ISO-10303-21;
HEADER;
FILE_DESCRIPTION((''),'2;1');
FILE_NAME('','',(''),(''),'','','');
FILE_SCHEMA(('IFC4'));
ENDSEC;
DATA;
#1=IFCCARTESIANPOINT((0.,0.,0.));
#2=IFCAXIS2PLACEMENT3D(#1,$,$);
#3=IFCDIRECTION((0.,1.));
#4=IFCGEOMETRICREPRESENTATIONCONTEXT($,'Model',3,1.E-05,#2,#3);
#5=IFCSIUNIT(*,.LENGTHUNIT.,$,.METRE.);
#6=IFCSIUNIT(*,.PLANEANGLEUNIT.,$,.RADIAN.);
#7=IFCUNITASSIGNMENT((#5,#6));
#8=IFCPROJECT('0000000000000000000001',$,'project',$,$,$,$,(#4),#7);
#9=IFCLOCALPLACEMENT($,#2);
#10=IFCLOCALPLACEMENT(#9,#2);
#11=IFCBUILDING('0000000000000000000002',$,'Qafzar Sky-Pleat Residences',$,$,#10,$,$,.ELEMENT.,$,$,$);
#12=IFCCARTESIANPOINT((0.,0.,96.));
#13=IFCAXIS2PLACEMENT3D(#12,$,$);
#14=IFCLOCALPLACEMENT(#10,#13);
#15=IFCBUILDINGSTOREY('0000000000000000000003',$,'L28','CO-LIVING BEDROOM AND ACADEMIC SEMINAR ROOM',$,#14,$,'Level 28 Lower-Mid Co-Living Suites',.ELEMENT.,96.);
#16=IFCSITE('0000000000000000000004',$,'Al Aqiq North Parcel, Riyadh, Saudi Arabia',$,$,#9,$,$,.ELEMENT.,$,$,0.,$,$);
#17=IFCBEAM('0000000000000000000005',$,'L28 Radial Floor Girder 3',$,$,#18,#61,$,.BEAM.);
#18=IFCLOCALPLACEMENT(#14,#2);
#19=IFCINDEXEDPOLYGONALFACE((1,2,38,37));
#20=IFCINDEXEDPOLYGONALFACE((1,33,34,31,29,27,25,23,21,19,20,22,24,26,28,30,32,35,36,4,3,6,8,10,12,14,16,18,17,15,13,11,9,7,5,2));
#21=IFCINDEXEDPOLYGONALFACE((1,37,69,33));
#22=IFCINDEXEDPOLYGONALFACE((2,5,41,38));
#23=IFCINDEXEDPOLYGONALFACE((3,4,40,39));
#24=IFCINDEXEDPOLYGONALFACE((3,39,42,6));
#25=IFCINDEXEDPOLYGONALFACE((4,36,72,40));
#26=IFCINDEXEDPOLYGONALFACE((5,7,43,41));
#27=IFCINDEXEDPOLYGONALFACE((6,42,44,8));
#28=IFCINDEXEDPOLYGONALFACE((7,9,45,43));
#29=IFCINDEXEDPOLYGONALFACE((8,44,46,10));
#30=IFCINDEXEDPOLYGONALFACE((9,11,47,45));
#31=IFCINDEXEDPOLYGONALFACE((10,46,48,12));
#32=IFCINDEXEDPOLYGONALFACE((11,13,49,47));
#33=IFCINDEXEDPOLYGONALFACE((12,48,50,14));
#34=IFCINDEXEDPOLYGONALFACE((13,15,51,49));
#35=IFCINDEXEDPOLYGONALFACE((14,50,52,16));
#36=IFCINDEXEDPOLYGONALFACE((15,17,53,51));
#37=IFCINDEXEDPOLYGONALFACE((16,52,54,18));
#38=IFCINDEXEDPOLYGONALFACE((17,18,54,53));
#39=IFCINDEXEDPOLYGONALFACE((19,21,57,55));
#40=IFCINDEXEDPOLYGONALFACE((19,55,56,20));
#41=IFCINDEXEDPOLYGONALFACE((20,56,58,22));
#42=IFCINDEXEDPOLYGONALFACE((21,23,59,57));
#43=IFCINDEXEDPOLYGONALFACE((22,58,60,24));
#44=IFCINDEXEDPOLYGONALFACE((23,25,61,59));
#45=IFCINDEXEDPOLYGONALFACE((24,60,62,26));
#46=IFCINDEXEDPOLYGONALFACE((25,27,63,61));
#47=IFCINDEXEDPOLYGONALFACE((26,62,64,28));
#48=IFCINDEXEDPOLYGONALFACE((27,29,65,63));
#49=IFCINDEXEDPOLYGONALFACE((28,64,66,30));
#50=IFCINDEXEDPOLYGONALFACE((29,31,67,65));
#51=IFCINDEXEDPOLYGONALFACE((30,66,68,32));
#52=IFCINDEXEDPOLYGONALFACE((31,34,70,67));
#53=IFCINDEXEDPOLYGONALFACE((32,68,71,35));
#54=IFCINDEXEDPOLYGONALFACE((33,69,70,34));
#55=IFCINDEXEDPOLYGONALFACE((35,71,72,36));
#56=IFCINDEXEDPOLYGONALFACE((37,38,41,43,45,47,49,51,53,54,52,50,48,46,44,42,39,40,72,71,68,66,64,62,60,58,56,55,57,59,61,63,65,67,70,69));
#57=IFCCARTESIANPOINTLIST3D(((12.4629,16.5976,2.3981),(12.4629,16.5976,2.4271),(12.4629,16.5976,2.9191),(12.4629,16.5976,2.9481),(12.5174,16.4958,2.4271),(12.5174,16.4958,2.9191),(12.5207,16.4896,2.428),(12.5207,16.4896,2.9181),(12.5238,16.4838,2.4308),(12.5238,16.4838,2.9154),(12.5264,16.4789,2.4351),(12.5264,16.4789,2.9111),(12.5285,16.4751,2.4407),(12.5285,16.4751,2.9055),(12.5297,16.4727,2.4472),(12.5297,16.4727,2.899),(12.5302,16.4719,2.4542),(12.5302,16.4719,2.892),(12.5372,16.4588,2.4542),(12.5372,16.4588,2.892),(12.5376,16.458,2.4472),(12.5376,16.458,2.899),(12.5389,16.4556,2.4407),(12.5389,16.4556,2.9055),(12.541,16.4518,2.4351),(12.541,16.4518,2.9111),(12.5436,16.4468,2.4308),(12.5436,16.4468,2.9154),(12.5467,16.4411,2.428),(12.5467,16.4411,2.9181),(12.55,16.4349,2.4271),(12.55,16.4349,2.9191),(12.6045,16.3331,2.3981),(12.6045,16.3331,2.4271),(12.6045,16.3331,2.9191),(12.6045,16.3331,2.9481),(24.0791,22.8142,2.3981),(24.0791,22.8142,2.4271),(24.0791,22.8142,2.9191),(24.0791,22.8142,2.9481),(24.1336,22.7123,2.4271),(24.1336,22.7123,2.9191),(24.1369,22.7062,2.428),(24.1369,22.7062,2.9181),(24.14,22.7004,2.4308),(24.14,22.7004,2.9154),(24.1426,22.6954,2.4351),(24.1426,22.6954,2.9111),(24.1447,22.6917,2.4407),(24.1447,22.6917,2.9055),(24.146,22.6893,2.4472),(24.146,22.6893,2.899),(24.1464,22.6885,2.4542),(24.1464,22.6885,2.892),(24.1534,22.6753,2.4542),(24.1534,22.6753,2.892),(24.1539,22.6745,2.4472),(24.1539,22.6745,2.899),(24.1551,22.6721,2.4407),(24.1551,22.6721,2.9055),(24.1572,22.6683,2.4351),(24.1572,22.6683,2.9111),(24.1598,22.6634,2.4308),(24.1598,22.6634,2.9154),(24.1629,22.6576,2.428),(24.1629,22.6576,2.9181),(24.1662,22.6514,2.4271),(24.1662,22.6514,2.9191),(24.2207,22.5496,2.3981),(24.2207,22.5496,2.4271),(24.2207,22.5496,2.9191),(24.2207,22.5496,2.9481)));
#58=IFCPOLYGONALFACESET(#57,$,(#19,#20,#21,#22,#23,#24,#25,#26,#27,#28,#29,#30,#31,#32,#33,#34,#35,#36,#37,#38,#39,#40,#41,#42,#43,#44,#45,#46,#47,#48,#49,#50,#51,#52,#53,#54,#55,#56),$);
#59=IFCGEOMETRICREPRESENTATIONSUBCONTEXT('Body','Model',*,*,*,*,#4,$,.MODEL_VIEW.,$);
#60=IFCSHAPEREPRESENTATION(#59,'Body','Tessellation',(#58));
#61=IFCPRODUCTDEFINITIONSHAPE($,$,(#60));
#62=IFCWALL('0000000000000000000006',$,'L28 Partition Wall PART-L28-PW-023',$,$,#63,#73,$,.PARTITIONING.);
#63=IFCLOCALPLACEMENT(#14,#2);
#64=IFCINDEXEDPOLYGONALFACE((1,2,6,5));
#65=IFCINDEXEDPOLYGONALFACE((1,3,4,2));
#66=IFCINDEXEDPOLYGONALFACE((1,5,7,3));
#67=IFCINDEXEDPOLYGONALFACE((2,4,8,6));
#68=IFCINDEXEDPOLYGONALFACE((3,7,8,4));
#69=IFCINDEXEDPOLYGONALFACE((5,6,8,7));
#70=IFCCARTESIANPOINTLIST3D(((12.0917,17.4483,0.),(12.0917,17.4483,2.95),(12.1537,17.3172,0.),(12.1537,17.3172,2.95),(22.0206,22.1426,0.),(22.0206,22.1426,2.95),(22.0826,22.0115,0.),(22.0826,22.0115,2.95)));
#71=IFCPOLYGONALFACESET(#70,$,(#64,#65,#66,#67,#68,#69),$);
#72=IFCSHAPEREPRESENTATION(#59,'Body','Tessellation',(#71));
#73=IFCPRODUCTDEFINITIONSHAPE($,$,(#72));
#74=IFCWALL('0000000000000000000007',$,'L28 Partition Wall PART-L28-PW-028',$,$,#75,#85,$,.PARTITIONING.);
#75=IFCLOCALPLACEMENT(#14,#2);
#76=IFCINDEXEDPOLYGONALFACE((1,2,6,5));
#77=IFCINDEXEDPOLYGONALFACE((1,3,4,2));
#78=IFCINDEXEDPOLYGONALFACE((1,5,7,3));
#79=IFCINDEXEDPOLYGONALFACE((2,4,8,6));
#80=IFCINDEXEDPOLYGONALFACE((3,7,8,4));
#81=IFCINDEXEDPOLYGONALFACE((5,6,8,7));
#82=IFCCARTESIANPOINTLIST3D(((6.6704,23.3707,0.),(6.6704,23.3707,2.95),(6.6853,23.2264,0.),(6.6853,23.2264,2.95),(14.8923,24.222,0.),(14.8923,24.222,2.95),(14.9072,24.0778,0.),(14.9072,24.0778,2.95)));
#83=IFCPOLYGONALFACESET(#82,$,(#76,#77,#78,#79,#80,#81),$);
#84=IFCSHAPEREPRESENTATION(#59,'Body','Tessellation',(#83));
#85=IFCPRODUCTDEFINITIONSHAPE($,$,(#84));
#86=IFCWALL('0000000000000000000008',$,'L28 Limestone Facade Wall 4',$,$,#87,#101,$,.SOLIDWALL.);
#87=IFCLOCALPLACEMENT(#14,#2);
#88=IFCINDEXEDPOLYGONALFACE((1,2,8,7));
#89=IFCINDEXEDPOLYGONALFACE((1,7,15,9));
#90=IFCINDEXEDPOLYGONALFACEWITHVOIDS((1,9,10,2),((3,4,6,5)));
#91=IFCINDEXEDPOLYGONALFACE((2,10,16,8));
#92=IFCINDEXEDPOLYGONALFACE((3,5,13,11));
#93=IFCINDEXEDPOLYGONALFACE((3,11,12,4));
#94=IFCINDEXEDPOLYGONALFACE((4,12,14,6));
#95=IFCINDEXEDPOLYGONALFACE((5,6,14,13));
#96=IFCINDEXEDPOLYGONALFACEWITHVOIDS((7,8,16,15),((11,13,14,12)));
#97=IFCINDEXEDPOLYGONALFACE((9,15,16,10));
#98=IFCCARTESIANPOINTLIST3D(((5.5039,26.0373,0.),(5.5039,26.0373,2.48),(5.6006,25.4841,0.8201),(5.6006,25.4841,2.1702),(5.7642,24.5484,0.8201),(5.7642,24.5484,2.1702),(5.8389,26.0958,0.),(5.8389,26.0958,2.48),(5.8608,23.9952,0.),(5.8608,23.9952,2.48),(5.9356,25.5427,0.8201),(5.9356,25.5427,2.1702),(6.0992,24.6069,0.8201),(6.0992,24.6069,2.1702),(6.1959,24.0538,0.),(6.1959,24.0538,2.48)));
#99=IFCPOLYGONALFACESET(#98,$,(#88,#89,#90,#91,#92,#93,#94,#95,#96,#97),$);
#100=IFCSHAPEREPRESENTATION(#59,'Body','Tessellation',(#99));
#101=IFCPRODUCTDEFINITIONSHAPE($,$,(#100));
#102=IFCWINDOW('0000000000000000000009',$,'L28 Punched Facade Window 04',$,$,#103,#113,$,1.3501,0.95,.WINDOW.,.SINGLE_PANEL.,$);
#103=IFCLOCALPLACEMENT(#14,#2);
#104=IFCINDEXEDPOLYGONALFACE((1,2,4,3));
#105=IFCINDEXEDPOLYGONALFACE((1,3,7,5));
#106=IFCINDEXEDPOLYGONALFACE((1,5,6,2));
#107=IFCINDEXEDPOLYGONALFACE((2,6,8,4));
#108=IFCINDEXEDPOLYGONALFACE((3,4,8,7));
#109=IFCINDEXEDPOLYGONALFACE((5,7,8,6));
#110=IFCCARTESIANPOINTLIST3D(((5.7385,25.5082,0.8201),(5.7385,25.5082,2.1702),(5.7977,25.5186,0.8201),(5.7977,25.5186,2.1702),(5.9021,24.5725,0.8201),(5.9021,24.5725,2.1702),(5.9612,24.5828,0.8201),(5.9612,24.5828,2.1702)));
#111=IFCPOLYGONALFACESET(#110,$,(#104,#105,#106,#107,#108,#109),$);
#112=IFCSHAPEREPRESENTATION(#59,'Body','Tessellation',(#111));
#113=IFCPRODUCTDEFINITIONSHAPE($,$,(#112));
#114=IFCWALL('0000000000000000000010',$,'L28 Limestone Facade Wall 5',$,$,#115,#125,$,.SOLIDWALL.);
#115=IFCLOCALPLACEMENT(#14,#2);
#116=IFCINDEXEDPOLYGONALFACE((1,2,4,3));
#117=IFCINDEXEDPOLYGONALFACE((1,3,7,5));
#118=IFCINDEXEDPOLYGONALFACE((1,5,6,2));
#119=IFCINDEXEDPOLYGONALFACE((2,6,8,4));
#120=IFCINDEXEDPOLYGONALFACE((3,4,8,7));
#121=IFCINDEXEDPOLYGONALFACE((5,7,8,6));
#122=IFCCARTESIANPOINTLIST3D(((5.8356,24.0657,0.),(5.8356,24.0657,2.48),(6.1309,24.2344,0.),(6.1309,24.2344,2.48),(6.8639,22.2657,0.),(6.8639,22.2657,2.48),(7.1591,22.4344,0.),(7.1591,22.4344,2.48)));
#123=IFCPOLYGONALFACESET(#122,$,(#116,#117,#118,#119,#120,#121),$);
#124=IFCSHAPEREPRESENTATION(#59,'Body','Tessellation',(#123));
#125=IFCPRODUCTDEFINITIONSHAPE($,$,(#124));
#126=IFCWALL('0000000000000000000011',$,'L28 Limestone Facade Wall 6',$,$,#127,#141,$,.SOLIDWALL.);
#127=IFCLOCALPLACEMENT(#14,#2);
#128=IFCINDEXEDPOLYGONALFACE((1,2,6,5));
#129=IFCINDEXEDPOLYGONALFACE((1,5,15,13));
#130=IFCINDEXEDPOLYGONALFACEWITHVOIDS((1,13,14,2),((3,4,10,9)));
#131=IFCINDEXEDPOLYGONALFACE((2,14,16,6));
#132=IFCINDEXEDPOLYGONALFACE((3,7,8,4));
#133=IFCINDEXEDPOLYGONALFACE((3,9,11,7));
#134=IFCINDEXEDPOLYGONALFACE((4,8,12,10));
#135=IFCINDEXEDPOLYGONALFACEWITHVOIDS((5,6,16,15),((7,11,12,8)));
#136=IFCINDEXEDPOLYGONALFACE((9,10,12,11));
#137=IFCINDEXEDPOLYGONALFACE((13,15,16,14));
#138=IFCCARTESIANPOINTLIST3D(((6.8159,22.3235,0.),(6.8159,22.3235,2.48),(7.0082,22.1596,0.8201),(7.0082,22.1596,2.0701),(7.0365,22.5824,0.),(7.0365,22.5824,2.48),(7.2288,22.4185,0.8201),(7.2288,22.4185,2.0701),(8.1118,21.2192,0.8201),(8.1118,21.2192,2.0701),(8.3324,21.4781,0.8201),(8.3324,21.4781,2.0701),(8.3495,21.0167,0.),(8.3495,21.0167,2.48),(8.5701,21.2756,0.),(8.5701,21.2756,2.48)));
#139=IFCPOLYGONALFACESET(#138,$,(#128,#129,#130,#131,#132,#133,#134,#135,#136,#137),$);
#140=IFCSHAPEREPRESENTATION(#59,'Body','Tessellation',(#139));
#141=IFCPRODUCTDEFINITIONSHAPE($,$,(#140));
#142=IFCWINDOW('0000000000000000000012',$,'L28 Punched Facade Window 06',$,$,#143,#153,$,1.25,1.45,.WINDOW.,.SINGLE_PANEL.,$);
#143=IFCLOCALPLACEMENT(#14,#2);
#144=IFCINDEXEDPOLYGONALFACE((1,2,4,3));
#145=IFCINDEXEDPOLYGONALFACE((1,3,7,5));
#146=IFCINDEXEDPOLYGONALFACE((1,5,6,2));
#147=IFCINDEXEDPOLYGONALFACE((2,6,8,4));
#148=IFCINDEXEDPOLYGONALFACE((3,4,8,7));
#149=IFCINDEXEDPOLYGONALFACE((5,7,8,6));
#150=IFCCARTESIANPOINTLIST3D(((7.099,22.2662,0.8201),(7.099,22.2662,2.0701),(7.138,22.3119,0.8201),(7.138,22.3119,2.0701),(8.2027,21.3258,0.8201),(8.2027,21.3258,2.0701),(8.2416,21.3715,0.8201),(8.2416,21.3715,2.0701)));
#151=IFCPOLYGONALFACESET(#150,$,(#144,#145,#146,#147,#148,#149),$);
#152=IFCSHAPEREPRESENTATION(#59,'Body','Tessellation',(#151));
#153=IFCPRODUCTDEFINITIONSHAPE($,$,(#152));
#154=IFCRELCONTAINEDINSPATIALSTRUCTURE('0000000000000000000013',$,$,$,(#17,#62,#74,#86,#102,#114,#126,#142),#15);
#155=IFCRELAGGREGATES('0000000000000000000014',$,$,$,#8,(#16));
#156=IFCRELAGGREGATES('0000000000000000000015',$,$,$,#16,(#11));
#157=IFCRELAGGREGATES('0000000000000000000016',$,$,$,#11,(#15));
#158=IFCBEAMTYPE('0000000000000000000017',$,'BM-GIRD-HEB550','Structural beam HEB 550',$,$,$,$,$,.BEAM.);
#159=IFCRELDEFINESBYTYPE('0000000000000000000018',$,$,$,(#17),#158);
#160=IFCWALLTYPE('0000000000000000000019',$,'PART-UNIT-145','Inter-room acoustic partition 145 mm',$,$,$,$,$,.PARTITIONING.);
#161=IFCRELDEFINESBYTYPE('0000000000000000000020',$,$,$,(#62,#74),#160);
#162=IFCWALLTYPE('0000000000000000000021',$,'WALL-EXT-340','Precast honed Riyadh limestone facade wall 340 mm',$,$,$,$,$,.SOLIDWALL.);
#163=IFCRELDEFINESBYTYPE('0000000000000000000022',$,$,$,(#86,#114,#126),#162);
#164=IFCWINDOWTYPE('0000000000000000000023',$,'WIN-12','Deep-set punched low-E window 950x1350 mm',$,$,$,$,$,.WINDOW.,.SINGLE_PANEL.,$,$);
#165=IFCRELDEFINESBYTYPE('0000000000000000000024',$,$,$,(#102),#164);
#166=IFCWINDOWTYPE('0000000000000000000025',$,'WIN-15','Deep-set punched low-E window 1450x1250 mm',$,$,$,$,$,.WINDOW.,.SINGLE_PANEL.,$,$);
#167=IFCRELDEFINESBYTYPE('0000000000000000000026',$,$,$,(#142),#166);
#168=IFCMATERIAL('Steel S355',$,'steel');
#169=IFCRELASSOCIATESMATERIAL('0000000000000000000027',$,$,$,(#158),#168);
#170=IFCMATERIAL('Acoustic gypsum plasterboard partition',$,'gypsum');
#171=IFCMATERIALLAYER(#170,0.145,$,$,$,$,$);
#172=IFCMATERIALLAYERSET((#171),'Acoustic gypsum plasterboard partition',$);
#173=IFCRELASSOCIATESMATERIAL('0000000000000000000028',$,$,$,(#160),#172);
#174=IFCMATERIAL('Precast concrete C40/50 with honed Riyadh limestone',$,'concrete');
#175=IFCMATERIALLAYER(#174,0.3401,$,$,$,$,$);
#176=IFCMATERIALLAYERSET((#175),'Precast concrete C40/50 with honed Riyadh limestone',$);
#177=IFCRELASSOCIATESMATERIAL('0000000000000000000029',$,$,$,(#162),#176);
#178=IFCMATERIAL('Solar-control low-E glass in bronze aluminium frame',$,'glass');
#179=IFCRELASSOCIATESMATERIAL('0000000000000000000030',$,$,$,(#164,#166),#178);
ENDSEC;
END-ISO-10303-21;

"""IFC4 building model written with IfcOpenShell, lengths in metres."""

from ifc_helpers import new_model, si_unit, direction, frame, frame_2d, origin, origin_2d, place, context, subcontext, project, spatial, rectangle, i_section, extrude, source, transform, mapped, material, layer, layer_set, material_profile, profile_set, type_object, element, fill, save


model = new_model("IFC4")

# Units and contexts
model_context = context("Model", 3, precision=1e-05, world=origin(), true_north=direction((0.0, 1.0)))
body_context = subcontext(model_context, "Body", "Model", "MODEL_VIEW")
ifc_project = project(units=[si_unit("LENGTHUNIT", "METRE"), si_unit("PLANEANGLEUNIT", "RADIAN")], contexts=[model_context])

# Site, building, storey
site_placement = place(None, origin())
site = spatial("IfcSite", under=ifc_project, at=site_placement, Name="Al Aqiq North Parcel, Riyadh, Saudi Arabia", CompositionType="ELEMENT", RefElevation=0.0)
building_placement = place(site_placement, origin())
building = spatial("IfcBuilding", under=site, at=building_placement, Name="Qafzar Sky-Pleat Residences", CompositionType="ELEMENT")
storey_placement = place(building_placement, frame((0.0, 0.0, 96.0)))
storey = spatial("IfcBuildingStorey", under=building, at=storey_placement, Name="L28", Description="CO-LIVING BEDROOM AND ACADEMIC SEMINAR ROOM", LongName="Level 28 Lower-Mid Co-Living Suites", CompositionType="ELEMENT", Elevation=96.0)

# Beam
ifc_material_1 = material(Name="Steel S355", Category="steel")
ifc_material_profile_1 = material_profile(ifc_material_1, i_section(OverallWidth=0.3, OverallDepth=0.55, WebThickness=0.0149, FlangeThickness=0.0291, FilletRadius=0.0271, at=origin_2d()), Name="HEB 550")
ifc_profile_set_1 = profile_set([ifc_material_profile_1], Name="Steel S355")
beam_type_1 = type_object("IfcBeamType", Name="BM-GIRD-HEB550", Description="Structural beam HEB 550", PredefinedType="BEAM", material=ifc_profile_set_1)
shared_shape_1 = source(origin(), body_context, "Body", "SweptSolid", [
    extrude(i_section(OverallWidth=0.3, OverallDepth=0.55, WebThickness=0.0149, FlangeThickness=0.0291, FilletRadius=0.0271, at=origin_2d()), origin(), (0.0, 0.0, 1.0), 13.175),
])
beam_1_placement = place(storey_placement, frame((12.5337, 16.4653, 2.6731), z_axis=(0.881683, 0.471843, 0.0), x_axis=(-0.471843, 0.881683, 0.0)))
element("IfcBeam", 1, at=beam_1_placement, inside=storey, type_object=beam_type_1, Name="L28 Radial Floor Girder 3", PredefinedType="BEAM", context=body_context, shape_type="MappedRepresentation", body=[
    mapped(shared_shape_1, transform((0.0, 0.0, 0.0), x_axis=(1.0, 0.0, 0.0), y_axis=(0.0, 1.0, 0.0), z_axis=(0.0, 0.0, 1.0), scale=1.0)),
])

# Walls
ifc_material_2 = material(Name="Acoustic gypsum plasterboard partition", Category="gypsum")
ifc_layer_1 = layer(ifc_material_2, 0.145)
ifc_layer_set_1 = layer_set([ifc_layer_1], Name="Acoustic gypsum plasterboard partition")
wall_type_1 = type_object("IfcWallType", Name="PART-UNIT-145", Description="Inter-room acoustic partition 145 mm", PredefinedType="PARTITIONING", material=ifc_layer_set_1)
wall_1_placement = place(storey_placement, frame((12.1228, 17.3828, 0.0), z_axis=(0.0, 0.0, 1.0), x_axis=(0.904049, 0.427428, 0.0)))
element("IfcWall", 2, at=wall_1_placement, inside=storey, type_object=wall_type_1, Name="L28 Partition Wall PART-L28-PW-023", PredefinedType="PARTITIONING", context=body_context, shape_type="SweptSolid", body=[
    extrude(rectangle(XDim=10.9827, YDim=0.145, at=frame_2d((5.4912, 0.0))), origin(), (0.0, 0.0, 1.0), 2.95),
])
wall_2_placement = place(storey_placement, frame((6.678, 23.2986, 0.0), z_axis=(0.0, 0.0, 1.0), x_axis=(0.994682, 0.102992, 0.0)))
element("IfcWall", 3, at=wall_2_placement, inside=storey, type_object=wall_type_1, Name="L28 Partition Wall PART-L28-PW-028", PredefinedType="PARTITIONING", context=body_context, shape_type="SweptSolid", body=[
    extrude(rectangle(XDim=8.2659, YDim=0.145, at=frame_2d((4.1328, 0.0))), origin(), (0.0, 0.0, 1.0), 2.95),
])

# Wall, opening, window
ifc_material_3 = material(Name="Precast concrete C40/50 with honed Riyadh limestone", Category="concrete")
ifc_layer_2 = layer(ifc_material_3, 0.3401)
ifc_layer_set_2 = layer_set([ifc_layer_2], Name="Precast concrete C40/50 with honed Riyadh limestone")
wall_type_2 = type_object("IfcWallType", Name="WALL-EXT-340", Description="Precast honed Riyadh limestone facade wall 340 mm", PredefinedType="SOLIDWALL", material=ifc_layer_set_2)
wall_3_placement = place(storey_placement, frame((5.6714, 26.0667, 0.0), z_axis=(0.0, 0.0, 1.0), x_axis=(0.172186, -0.985064, 0.0)))
wall_3 = element("IfcWall", 4, at=wall_3_placement, inside=storey, type_object=wall_type_2, Name="L28 Limestone Facade Wall 4", PredefinedType="SOLIDWALL", context=body_context, shape_type="SweptSolid", body=[
    extrude(rectangle(XDim=2.073, YDim=0.3401, at=frame_2d((1.0366, 0.0))), origin(), (0.0, 0.0, 1.0), 2.48),
])
opening_1_placement = place(wall_3_placement, frame((0.5615, 0.0, 0.8201)))
opening_1 = element("IfcOpeningElement", 5, at=opening_1_placement, cuts=wall_3, PredefinedType="OPENING", context=body_context, shape_type="SweptSolid", body=[
    extrude(rectangle(XDim=0.95, YDim=1.3501, at=frame_2d((0.4751, 0.675))), frame((0.0, 0.1802, 0.0), z_axis=(0.0, -1.0, 0.0), x_axis=(1.0, 0.0, 0.0)), (0.0, 0.0, 1.0), 0.3601),
])
ifc_material_4 = material(Name="Solar-control low-E glass in bronze aluminium frame", Category="glass")
window_type_1 = type_object("IfcWindowType", Name="WIN-12", Description="Deep-set punched low-E window 950x1350 mm", PartitioningType="SINGLE_PANEL", PredefinedType="WINDOW", material=ifc_material_4)
shared_shape_2 = source(origin(), body_context, "Body", "SweptSolid", [
    extrude(rectangle(XDim=0.95, YDim=1.3501, at=frame_2d((0.4751, 0.675))), frame((0.0, 0.03, 0.0), z_axis=(0.0, -1.0, 0.0), x_axis=(1.0, 0.0, 0.0)), (0.0, 0.0, 1.0), 0.0601),
])
window_1_placement = place(opening_1_placement, origin())
window_1 = element("IfcWindow", 6, at=window_1_placement, inside=storey, type_object=window_type_1, Name="L28 Punched Facade Window 04", OverallHeight=1.3501, OverallWidth=0.95, PartitioningType="SINGLE_PANEL", PredefinedType="WINDOW", context=body_context, shape_type="MappedRepresentation", body=[
    mapped(shared_shape_2, transform((0.0, 0.0, 0.0), x_axis=(1.0, 0.0, 0.0), y_axis=(0.0, 1.0, 0.0), z_axis=(0.0, 0.0, 1.0), scale=1.0)),
])
fill(opening_1, window_1)

# Wall
wall_4_placement = place(storey_placement, frame((5.9832, 24.1501, 0.0), z_axis=(0.0, 0.0, 1.0), x_axis=(0.496037, -0.868301, 0.0)))
element("IfcWall", 7, at=wall_4_placement, inside=storey, type_object=wall_type_2, Name="L28 Limestone Facade Wall 5", PredefinedType="SOLIDWALL", context=body_context, shape_type="SweptSolid", body=[
    extrude(rectangle(XDim=2.073, YDim=0.3401, at=frame_2d((1.0366, 0.0))), origin(), (0.0, 0.0, 1.0), 2.48),
])

# Wall, opening, window
wall_5_placement = place(storey_placement, frame((6.9263, 22.4529, 0.0), z_axis=(0.0, 0.0, 1.0), x_axis=(0.761144, -0.648583, 0.0)))
wall_5 = element("IfcWall", 8, at=wall_5_placement, inside=storey, type_object=wall_type_2, Name="L28 Limestone Facade Wall 6", PredefinedType="SOLIDWALL", context=body_context, shape_type="SweptSolid", body=[
    extrude(rectangle(XDim=2.0149, YDim=0.3401, at=frame_2d((1.0073, 0.0))), origin(), (0.0, 0.0, 1.0), 2.48),
])
opening_2_placement = place(wall_5_placement, frame((0.2524, 0.0, 0.8201)))
opening_2 = element("IfcOpeningElement", 9, at=opening_2_placement, cuts=wall_5, PredefinedType="OPENING", context=body_context, shape_type="SweptSolid", body=[
    extrude(rectangle(XDim=1.45, YDim=1.25, at=frame_2d((0.7251, 0.625))), frame((0.0, 0.1802, 0.0), z_axis=(0.0, -1.0, 0.0), x_axis=(1.0, 0.0, 0.0)), (0.0, 0.0, 1.0), 0.3601),
])
window_type_2 = type_object("IfcWindowType", Name="WIN-15", Description="Deep-set punched low-E window 1450x1250 mm", PartitioningType="SINGLE_PANEL", PredefinedType="WINDOW", material=ifc_material_4)
shared_shape_3 = source(origin(), body_context, "Body", "SweptSolid", [
    extrude(rectangle(XDim=1.45, YDim=1.25, at=frame_2d((0.7251, 0.625))), frame((0.0, 0.03, 0.0), z_axis=(0.0, -1.0, 0.0), x_axis=(1.0, 0.0, 0.0)), (0.0, 0.0, 1.0), 0.0601),
])
window_2_placement = place(opening_2_placement, origin())
window_2 = element("IfcWindow", 10, at=window_2_placement, inside=storey, type_object=window_type_2, Name="L28 Punched Facade Window 06", OverallHeight=1.25, OverallWidth=1.45, PartitioningType="SINGLE_PANEL", PredefinedType="WINDOW", context=body_context, shape_type="MappedRepresentation", body=[
    mapped(shared_shape_3, transform((0.0, 0.0, 0.0), x_axis=(1.0, 0.0, 0.0), y_axis=(0.0, 1.0, 0.0), z_axis=(0.0, 0.0, 1.0), scale=1.0)),
])
fill(opening_2, window_2)

save(model, "model.ifc")
